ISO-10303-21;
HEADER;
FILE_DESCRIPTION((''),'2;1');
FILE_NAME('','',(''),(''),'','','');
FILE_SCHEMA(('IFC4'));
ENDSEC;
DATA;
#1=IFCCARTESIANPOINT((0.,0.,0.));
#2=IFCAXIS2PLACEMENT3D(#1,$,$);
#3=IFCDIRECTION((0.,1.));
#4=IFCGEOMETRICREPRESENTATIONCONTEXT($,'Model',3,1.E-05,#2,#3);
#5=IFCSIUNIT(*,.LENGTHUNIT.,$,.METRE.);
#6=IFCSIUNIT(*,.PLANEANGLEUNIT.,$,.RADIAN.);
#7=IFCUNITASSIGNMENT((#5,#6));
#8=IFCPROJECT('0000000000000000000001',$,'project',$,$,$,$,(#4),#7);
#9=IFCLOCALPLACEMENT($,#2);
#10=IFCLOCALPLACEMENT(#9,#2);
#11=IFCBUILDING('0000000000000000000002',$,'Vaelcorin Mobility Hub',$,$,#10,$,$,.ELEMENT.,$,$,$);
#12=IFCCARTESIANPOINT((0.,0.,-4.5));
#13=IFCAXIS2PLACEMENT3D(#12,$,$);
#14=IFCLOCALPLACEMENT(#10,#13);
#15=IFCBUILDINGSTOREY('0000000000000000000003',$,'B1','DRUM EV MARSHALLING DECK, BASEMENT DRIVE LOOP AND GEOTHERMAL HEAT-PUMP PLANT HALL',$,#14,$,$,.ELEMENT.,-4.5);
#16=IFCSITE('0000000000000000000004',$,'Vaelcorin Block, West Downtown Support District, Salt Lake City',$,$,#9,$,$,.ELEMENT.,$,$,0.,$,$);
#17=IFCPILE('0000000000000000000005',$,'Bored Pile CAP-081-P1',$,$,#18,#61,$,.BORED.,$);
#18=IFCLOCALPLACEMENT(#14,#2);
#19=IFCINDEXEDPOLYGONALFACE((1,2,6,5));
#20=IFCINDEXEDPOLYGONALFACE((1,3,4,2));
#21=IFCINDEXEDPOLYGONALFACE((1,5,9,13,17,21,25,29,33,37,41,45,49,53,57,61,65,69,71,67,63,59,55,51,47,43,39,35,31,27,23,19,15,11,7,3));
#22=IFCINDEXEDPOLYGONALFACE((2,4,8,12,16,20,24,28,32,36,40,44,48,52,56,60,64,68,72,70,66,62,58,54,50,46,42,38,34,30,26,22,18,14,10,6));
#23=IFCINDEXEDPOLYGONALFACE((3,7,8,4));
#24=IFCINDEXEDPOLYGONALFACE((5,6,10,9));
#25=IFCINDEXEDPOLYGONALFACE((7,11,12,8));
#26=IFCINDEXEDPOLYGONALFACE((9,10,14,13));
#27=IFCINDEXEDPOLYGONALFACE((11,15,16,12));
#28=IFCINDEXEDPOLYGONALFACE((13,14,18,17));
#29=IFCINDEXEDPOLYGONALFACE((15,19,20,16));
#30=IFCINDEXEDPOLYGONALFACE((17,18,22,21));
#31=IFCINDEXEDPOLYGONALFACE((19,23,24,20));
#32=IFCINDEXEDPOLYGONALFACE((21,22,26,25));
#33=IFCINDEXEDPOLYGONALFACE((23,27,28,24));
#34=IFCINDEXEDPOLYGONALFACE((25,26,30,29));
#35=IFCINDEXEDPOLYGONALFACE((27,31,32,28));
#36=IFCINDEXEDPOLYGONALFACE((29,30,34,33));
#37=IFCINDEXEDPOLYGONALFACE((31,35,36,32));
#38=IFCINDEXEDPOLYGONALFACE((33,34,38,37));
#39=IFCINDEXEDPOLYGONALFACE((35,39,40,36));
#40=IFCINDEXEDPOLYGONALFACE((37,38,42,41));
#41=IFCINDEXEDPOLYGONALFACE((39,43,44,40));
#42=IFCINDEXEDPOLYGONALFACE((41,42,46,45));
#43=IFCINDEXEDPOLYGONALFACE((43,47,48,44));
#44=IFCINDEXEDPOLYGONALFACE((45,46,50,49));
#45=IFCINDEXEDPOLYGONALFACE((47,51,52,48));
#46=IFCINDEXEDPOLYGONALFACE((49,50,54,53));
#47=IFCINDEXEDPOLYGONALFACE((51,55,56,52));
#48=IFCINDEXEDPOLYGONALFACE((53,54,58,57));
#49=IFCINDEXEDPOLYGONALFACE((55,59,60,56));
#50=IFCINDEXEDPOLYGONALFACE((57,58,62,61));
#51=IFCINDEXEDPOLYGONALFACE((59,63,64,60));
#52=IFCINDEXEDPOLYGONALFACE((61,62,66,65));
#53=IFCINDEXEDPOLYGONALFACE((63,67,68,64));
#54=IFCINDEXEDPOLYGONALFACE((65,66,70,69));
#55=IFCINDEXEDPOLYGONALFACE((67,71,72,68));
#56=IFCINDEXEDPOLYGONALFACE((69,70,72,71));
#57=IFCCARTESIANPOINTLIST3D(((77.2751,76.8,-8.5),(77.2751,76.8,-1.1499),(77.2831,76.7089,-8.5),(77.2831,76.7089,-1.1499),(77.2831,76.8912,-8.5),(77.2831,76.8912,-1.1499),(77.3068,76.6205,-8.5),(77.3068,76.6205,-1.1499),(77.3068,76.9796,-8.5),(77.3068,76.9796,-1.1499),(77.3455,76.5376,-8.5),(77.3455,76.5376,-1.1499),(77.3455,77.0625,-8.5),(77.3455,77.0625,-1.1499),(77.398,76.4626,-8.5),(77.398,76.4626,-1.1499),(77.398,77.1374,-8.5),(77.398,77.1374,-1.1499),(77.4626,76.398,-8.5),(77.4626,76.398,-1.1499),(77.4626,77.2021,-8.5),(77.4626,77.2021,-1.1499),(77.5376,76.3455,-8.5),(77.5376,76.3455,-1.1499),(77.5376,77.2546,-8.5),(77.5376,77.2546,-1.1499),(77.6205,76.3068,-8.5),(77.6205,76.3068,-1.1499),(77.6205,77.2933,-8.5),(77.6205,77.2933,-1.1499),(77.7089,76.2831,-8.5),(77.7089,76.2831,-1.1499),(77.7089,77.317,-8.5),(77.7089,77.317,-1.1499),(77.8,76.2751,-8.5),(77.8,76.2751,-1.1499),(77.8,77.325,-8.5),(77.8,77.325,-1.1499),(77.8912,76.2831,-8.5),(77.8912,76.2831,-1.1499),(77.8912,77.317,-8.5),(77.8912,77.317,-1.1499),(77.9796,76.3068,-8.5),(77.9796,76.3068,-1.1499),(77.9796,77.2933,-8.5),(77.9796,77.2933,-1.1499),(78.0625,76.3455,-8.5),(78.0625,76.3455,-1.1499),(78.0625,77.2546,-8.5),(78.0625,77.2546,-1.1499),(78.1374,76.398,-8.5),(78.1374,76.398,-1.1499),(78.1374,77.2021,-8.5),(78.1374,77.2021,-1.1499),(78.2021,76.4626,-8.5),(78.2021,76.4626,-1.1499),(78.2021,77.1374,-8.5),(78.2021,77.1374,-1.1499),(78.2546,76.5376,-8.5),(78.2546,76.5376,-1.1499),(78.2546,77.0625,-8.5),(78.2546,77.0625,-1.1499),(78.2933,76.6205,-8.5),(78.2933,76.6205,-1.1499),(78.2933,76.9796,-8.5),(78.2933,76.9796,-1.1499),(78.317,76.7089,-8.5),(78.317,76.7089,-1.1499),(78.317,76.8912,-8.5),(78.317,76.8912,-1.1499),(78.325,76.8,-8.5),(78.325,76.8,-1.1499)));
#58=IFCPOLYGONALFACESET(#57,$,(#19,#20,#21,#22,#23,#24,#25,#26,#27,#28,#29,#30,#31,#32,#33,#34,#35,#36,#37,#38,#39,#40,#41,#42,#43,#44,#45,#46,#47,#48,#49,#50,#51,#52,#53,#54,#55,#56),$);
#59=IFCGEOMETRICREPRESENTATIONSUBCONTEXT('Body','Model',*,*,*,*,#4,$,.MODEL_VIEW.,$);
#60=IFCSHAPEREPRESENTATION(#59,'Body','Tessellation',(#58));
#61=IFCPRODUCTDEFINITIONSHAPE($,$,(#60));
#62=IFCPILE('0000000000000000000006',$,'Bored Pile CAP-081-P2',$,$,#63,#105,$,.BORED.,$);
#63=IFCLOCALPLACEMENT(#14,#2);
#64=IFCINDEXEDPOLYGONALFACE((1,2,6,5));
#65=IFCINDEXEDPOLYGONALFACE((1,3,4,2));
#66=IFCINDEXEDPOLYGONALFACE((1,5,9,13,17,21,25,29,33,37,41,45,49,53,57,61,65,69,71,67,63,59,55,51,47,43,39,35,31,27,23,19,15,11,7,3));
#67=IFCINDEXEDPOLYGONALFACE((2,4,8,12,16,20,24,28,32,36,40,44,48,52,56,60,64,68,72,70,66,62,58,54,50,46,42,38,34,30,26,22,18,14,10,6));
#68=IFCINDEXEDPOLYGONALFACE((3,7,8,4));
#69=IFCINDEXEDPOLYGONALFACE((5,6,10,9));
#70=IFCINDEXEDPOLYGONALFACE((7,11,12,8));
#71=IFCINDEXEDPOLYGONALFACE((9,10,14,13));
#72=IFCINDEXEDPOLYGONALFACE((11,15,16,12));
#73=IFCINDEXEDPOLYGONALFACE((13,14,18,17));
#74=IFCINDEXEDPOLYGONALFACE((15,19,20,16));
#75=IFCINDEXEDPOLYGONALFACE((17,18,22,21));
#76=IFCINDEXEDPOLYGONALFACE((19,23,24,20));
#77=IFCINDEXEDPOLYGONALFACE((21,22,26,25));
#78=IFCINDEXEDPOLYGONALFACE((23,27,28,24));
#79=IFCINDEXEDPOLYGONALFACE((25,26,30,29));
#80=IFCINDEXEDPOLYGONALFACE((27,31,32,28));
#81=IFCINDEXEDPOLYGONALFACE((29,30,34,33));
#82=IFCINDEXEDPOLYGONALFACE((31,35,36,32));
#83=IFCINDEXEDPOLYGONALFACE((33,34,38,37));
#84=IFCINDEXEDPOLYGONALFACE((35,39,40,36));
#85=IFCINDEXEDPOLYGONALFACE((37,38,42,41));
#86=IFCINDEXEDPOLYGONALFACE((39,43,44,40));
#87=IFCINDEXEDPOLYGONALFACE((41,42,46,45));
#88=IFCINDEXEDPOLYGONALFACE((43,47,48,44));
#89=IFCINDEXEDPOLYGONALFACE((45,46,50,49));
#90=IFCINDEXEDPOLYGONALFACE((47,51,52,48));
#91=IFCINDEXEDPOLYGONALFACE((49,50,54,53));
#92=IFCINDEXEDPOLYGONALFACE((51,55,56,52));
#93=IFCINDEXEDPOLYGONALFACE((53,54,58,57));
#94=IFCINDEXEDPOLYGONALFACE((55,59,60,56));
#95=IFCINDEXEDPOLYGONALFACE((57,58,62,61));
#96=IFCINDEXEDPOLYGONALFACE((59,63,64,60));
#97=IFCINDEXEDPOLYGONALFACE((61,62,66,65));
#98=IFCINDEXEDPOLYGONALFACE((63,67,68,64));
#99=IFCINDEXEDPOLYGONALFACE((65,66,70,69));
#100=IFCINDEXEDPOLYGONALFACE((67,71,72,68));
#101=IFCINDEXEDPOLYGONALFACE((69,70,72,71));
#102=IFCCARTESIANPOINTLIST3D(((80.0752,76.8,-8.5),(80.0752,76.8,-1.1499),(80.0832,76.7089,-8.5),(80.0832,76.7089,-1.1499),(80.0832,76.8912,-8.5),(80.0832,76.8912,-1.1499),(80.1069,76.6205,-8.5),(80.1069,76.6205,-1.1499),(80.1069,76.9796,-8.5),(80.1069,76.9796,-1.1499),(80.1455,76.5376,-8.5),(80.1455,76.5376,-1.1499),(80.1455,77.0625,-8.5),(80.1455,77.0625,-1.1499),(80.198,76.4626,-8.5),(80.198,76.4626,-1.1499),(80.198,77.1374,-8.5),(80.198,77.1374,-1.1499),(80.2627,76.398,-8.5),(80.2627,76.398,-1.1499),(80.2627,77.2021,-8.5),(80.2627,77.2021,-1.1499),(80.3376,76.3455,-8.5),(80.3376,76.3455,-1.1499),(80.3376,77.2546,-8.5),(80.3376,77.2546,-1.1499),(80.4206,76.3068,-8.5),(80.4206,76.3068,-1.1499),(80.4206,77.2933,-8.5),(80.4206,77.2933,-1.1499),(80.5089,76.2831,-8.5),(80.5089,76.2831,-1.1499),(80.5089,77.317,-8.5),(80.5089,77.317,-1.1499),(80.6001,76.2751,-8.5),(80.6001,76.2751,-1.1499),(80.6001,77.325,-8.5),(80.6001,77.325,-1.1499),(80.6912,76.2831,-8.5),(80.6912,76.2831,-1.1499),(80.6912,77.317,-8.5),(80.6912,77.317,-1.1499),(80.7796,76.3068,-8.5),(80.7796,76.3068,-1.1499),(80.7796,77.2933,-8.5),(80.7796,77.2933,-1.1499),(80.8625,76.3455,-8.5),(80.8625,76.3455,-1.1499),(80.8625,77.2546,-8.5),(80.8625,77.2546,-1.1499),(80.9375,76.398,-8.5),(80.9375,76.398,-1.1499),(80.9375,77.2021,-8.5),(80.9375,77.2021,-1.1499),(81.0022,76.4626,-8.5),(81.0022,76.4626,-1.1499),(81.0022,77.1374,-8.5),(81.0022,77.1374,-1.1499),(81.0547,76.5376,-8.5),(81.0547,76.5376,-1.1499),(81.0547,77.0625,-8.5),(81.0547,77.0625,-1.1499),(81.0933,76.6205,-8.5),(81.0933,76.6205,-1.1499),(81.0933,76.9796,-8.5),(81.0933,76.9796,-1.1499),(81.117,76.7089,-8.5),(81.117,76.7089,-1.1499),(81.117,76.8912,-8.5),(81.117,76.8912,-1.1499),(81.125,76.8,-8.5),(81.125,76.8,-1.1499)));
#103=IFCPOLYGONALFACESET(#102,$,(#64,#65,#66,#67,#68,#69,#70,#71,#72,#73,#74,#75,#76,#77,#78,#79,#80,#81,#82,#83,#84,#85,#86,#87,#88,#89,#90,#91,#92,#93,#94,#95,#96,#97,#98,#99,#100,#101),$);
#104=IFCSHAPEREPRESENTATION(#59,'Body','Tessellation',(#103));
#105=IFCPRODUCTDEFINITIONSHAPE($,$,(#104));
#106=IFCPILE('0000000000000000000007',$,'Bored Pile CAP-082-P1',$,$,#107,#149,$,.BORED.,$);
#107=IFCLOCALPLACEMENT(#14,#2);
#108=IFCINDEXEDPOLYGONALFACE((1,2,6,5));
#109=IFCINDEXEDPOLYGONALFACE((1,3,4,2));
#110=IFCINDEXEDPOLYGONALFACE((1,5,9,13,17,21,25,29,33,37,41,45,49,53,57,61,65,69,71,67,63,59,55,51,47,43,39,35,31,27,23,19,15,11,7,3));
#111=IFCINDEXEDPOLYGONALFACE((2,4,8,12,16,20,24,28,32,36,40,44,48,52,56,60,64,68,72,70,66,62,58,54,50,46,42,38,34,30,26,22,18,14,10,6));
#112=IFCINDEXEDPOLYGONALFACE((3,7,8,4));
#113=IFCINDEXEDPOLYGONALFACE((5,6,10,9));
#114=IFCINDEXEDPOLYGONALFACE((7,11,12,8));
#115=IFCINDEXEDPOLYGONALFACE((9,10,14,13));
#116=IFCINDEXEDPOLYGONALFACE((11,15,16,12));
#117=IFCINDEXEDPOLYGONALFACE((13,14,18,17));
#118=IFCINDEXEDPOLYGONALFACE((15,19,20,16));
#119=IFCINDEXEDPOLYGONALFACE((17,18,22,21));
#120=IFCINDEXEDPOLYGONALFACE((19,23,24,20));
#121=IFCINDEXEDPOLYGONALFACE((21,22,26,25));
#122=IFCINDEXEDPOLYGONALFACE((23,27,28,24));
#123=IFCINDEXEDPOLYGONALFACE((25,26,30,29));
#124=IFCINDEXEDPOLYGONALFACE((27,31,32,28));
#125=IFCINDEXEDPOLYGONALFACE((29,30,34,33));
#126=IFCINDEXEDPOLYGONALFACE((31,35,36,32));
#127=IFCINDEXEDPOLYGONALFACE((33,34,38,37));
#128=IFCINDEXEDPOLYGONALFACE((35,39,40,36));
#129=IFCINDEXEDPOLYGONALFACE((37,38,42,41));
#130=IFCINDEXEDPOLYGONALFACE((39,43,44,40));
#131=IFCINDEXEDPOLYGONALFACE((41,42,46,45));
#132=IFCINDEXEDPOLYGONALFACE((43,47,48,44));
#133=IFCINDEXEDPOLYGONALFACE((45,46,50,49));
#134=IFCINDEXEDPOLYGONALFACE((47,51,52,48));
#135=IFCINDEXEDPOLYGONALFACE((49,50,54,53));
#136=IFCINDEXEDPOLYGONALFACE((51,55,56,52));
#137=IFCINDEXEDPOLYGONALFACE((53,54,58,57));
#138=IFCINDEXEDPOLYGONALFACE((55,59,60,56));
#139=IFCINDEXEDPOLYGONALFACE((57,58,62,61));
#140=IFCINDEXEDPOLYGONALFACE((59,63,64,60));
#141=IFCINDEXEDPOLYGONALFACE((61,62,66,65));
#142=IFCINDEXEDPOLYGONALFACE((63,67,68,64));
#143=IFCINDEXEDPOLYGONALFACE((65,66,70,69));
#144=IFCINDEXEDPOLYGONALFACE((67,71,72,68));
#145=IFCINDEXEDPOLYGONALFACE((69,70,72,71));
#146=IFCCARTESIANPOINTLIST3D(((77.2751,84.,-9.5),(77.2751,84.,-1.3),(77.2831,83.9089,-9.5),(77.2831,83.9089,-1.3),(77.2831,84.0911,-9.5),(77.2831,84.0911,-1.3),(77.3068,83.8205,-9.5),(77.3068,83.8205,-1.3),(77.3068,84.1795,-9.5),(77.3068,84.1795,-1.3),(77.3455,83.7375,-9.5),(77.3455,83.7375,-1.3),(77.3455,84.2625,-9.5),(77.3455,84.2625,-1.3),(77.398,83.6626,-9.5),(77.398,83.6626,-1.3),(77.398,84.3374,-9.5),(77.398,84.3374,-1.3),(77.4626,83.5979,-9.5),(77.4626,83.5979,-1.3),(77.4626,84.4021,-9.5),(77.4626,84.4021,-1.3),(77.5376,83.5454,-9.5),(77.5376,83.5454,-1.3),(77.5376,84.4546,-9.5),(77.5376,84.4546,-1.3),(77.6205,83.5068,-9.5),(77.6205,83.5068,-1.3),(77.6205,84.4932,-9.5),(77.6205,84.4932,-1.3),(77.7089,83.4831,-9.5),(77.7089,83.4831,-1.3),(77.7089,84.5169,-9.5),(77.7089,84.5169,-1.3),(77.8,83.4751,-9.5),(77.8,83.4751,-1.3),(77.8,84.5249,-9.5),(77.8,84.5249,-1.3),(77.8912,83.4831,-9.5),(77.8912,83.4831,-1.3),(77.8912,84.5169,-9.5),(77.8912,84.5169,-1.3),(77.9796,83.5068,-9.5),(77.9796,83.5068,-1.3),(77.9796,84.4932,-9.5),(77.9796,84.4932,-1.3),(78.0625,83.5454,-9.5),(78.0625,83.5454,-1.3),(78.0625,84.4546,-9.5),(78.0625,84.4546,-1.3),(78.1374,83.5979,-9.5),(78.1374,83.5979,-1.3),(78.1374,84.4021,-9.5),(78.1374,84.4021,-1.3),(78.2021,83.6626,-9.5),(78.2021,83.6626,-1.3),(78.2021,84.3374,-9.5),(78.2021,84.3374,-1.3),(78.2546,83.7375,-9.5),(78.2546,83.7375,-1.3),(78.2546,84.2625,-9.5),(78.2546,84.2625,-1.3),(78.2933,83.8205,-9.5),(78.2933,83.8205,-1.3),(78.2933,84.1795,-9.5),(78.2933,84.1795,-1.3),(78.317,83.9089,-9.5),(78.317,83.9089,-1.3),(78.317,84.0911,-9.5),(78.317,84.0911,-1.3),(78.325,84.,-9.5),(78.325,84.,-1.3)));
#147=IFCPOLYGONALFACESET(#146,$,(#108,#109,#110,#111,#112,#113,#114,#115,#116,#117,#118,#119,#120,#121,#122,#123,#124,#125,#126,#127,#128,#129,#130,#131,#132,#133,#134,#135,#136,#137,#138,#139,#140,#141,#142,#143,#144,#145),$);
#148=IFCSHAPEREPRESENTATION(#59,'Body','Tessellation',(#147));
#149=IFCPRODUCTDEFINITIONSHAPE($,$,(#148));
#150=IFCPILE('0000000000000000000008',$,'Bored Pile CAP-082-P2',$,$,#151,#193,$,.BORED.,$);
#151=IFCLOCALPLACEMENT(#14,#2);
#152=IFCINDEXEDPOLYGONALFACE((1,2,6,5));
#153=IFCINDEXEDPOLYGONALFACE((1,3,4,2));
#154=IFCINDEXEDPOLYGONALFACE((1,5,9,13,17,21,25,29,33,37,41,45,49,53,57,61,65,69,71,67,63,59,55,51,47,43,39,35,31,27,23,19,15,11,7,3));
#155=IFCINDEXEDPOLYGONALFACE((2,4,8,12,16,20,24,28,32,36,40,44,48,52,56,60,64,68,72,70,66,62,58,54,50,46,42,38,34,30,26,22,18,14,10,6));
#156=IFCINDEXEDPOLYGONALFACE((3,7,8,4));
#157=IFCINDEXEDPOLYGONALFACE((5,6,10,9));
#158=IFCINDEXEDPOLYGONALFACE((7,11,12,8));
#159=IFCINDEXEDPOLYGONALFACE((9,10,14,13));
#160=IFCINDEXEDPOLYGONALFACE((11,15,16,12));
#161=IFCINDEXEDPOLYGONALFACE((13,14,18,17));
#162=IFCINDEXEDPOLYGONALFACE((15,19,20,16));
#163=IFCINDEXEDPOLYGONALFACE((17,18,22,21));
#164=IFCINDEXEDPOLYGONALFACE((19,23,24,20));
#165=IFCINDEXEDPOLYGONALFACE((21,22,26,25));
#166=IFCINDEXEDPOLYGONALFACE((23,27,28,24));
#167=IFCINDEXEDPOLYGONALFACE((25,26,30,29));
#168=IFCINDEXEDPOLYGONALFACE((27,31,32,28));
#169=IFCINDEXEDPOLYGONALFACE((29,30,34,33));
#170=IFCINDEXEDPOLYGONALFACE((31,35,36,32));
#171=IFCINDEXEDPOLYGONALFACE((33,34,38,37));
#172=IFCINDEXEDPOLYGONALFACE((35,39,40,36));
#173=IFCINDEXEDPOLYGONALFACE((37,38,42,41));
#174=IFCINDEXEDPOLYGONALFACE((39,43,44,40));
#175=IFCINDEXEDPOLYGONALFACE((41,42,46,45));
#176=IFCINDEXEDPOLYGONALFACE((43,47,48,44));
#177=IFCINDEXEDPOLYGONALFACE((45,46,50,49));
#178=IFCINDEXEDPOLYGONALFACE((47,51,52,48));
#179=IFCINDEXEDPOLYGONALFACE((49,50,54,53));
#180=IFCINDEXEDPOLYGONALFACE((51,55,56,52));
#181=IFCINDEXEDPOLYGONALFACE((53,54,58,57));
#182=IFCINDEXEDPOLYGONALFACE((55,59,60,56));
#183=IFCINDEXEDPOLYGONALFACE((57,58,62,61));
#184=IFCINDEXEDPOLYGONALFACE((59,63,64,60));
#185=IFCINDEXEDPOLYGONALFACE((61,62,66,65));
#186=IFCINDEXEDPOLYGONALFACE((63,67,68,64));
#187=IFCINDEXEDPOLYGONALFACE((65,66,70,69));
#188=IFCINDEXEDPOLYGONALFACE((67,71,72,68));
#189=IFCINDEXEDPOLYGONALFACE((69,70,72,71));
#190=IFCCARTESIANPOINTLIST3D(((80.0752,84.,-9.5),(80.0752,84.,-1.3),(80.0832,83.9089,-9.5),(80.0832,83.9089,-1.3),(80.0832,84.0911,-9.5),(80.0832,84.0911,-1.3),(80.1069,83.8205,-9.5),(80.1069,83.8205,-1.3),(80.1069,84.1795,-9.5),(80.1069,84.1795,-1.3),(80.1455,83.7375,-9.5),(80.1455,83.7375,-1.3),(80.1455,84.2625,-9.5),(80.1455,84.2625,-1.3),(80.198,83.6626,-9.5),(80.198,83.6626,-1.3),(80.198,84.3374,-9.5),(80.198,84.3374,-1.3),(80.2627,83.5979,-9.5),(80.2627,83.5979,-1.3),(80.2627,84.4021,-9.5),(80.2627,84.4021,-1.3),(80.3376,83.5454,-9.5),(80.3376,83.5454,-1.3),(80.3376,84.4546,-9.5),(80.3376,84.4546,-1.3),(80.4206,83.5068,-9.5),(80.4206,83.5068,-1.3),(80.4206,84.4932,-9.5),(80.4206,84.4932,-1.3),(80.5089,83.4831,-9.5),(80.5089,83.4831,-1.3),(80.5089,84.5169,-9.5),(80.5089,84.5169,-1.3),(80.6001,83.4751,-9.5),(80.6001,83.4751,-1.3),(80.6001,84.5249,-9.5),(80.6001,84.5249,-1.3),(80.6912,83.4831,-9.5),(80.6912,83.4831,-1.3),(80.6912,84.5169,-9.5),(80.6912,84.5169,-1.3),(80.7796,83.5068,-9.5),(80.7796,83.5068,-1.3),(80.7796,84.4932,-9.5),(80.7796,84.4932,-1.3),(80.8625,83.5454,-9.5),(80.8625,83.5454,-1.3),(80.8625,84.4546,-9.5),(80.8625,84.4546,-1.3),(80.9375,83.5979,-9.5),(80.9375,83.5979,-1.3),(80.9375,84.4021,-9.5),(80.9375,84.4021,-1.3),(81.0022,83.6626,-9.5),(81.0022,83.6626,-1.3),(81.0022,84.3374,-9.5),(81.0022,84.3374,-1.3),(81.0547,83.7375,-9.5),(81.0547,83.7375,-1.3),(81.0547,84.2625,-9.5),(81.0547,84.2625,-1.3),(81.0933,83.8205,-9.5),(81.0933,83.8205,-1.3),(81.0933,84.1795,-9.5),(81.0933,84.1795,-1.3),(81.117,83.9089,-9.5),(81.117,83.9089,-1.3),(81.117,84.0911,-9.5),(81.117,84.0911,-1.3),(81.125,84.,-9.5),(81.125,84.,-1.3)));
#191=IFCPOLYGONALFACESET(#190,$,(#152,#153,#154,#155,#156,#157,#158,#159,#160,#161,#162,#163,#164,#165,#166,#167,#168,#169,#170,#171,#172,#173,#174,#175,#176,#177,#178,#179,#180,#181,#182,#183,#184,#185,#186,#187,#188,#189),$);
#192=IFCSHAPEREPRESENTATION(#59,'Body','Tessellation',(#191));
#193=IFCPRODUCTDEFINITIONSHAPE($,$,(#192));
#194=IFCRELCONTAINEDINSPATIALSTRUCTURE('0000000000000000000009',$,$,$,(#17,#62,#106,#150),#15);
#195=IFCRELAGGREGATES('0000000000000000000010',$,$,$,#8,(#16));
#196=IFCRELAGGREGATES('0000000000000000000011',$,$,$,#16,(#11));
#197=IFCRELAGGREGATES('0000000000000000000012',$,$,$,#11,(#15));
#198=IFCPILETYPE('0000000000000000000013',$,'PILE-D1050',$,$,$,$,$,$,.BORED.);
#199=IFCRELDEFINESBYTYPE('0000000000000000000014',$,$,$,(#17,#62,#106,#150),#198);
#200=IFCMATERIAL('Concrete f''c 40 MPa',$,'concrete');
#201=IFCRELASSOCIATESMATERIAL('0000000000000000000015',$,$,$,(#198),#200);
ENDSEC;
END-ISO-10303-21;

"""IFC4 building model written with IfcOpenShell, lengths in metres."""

from ifc_helpers import new_model, si_unit, direction, frame, origin, origin_2d, place, context, subcontext, project, spatial, circle, extrude, material, material_profile, profile_set, type_object, element, save


model = new_model("IFC4")

# Units and contexts
model_context = context("Model", 3, precision=1e-05, world=origin(), true_north=direction((0.0, 1.0)))
body_context = subcontext(model_context, "Body", "Model", "MODEL_VIEW")
ifc_project = project(units=[si_unit("LENGTHUNIT", "METRE"), si_unit("PLANEANGLEUNIT", "RADIAN")], contexts=[model_context])

# Site, building, storey
site_placement = place(None, origin())
site = spatial("IfcSite", under=ifc_project, at=site_placement, Name="Vaelcorin Block, West Downtown Support District, Salt Lake City", CompositionType="ELEMENT", RefElevation=0.0)
building_placement = place(site_placement, origin())
building = spatial("IfcBuilding", under=site, at=building_placement, Name="Vaelcorin Mobility Hub", CompositionType="ELEMENT")
storey_placement = place(building_placement, frame((0.0, 0.0, -4.5)))
storey = spatial("IfcBuildingStorey", under=building, at=storey_placement, Name="B1", Description="DRUM EV MARSHALLING DECK, BASEMENT DRIVE LOOP AND GEOTHERMAL HEAT-PUMP PLANT HALL", CompositionType="ELEMENT", Elevation=-4.5)

# Shared definitions
ifc_material_1 = material(Name="Concrete f'c 40 MPa", Category="concrete")

# Piles
ifc_material_profile_1 = material_profile(ifc_material_1, circle(Radius=0.5249, at=origin_2d()), Name="BP-D1050")
ifc_profile_set_1 = profile_set([ifc_material_profile_1], Name="Concrete f'c 40 MPa")
pile_type = type_object("IfcPileType", Name="PILE-D1050", PredefinedType="BORED", material=ifc_profile_set_1)
for number, where, z_axis, x_axis, name in (
    (1, (77.8, 76.8, -1.1499), (0.0, 0.0, -1.0), (1.0, 0.0, 0.0), "Bored Pile CAP-081-P1"),
    (2, (80.6001, 76.8, -1.1499), (0.0, 0.0, -1.0), (1.0, 0.0, 0.0), "Bored Pile CAP-081-P2"),
):
    element("IfcPile", number, at=place(storey_placement, frame(where, z_axis=z_axis, x_axis=x_axis)), inside=storey, type_object=pile_type, Name=name, PredefinedType="BORED", context=body_context, shape_type="SweptSolid", body=[
        extrude(circle(Radius=0.5249, at=origin_2d()), origin(), (0.0, 0.0, 1.0), 7.3501),
    ])
for number, where, z_axis, x_axis, name in (
    (3, (77.8, 84.0, -1.3), (0.0, 0.0, -1.0), (1.0, 0.0, 0.0), "Bored Pile CAP-082-P1"),
    (4, (80.6001, 84.0, -1.3), (0.0, 0.0, -1.0), (1.0, 0.0, 0.0), "Bored Pile CAP-082-P2"),
):
    element("IfcPile", number, at=place(storey_placement, frame(where, z_axis=z_axis, x_axis=x_axis)), inside=storey, type_object=pile_type, Name=name, PredefinedType="BORED", context=body_context, shape_type="SweptSolid", body=[
        extrude(circle(Radius=0.5249, at=origin_2d()), origin(), (0.0, 0.0, 1.0), 8.2),
    ])

save(model, "model.ifc")
